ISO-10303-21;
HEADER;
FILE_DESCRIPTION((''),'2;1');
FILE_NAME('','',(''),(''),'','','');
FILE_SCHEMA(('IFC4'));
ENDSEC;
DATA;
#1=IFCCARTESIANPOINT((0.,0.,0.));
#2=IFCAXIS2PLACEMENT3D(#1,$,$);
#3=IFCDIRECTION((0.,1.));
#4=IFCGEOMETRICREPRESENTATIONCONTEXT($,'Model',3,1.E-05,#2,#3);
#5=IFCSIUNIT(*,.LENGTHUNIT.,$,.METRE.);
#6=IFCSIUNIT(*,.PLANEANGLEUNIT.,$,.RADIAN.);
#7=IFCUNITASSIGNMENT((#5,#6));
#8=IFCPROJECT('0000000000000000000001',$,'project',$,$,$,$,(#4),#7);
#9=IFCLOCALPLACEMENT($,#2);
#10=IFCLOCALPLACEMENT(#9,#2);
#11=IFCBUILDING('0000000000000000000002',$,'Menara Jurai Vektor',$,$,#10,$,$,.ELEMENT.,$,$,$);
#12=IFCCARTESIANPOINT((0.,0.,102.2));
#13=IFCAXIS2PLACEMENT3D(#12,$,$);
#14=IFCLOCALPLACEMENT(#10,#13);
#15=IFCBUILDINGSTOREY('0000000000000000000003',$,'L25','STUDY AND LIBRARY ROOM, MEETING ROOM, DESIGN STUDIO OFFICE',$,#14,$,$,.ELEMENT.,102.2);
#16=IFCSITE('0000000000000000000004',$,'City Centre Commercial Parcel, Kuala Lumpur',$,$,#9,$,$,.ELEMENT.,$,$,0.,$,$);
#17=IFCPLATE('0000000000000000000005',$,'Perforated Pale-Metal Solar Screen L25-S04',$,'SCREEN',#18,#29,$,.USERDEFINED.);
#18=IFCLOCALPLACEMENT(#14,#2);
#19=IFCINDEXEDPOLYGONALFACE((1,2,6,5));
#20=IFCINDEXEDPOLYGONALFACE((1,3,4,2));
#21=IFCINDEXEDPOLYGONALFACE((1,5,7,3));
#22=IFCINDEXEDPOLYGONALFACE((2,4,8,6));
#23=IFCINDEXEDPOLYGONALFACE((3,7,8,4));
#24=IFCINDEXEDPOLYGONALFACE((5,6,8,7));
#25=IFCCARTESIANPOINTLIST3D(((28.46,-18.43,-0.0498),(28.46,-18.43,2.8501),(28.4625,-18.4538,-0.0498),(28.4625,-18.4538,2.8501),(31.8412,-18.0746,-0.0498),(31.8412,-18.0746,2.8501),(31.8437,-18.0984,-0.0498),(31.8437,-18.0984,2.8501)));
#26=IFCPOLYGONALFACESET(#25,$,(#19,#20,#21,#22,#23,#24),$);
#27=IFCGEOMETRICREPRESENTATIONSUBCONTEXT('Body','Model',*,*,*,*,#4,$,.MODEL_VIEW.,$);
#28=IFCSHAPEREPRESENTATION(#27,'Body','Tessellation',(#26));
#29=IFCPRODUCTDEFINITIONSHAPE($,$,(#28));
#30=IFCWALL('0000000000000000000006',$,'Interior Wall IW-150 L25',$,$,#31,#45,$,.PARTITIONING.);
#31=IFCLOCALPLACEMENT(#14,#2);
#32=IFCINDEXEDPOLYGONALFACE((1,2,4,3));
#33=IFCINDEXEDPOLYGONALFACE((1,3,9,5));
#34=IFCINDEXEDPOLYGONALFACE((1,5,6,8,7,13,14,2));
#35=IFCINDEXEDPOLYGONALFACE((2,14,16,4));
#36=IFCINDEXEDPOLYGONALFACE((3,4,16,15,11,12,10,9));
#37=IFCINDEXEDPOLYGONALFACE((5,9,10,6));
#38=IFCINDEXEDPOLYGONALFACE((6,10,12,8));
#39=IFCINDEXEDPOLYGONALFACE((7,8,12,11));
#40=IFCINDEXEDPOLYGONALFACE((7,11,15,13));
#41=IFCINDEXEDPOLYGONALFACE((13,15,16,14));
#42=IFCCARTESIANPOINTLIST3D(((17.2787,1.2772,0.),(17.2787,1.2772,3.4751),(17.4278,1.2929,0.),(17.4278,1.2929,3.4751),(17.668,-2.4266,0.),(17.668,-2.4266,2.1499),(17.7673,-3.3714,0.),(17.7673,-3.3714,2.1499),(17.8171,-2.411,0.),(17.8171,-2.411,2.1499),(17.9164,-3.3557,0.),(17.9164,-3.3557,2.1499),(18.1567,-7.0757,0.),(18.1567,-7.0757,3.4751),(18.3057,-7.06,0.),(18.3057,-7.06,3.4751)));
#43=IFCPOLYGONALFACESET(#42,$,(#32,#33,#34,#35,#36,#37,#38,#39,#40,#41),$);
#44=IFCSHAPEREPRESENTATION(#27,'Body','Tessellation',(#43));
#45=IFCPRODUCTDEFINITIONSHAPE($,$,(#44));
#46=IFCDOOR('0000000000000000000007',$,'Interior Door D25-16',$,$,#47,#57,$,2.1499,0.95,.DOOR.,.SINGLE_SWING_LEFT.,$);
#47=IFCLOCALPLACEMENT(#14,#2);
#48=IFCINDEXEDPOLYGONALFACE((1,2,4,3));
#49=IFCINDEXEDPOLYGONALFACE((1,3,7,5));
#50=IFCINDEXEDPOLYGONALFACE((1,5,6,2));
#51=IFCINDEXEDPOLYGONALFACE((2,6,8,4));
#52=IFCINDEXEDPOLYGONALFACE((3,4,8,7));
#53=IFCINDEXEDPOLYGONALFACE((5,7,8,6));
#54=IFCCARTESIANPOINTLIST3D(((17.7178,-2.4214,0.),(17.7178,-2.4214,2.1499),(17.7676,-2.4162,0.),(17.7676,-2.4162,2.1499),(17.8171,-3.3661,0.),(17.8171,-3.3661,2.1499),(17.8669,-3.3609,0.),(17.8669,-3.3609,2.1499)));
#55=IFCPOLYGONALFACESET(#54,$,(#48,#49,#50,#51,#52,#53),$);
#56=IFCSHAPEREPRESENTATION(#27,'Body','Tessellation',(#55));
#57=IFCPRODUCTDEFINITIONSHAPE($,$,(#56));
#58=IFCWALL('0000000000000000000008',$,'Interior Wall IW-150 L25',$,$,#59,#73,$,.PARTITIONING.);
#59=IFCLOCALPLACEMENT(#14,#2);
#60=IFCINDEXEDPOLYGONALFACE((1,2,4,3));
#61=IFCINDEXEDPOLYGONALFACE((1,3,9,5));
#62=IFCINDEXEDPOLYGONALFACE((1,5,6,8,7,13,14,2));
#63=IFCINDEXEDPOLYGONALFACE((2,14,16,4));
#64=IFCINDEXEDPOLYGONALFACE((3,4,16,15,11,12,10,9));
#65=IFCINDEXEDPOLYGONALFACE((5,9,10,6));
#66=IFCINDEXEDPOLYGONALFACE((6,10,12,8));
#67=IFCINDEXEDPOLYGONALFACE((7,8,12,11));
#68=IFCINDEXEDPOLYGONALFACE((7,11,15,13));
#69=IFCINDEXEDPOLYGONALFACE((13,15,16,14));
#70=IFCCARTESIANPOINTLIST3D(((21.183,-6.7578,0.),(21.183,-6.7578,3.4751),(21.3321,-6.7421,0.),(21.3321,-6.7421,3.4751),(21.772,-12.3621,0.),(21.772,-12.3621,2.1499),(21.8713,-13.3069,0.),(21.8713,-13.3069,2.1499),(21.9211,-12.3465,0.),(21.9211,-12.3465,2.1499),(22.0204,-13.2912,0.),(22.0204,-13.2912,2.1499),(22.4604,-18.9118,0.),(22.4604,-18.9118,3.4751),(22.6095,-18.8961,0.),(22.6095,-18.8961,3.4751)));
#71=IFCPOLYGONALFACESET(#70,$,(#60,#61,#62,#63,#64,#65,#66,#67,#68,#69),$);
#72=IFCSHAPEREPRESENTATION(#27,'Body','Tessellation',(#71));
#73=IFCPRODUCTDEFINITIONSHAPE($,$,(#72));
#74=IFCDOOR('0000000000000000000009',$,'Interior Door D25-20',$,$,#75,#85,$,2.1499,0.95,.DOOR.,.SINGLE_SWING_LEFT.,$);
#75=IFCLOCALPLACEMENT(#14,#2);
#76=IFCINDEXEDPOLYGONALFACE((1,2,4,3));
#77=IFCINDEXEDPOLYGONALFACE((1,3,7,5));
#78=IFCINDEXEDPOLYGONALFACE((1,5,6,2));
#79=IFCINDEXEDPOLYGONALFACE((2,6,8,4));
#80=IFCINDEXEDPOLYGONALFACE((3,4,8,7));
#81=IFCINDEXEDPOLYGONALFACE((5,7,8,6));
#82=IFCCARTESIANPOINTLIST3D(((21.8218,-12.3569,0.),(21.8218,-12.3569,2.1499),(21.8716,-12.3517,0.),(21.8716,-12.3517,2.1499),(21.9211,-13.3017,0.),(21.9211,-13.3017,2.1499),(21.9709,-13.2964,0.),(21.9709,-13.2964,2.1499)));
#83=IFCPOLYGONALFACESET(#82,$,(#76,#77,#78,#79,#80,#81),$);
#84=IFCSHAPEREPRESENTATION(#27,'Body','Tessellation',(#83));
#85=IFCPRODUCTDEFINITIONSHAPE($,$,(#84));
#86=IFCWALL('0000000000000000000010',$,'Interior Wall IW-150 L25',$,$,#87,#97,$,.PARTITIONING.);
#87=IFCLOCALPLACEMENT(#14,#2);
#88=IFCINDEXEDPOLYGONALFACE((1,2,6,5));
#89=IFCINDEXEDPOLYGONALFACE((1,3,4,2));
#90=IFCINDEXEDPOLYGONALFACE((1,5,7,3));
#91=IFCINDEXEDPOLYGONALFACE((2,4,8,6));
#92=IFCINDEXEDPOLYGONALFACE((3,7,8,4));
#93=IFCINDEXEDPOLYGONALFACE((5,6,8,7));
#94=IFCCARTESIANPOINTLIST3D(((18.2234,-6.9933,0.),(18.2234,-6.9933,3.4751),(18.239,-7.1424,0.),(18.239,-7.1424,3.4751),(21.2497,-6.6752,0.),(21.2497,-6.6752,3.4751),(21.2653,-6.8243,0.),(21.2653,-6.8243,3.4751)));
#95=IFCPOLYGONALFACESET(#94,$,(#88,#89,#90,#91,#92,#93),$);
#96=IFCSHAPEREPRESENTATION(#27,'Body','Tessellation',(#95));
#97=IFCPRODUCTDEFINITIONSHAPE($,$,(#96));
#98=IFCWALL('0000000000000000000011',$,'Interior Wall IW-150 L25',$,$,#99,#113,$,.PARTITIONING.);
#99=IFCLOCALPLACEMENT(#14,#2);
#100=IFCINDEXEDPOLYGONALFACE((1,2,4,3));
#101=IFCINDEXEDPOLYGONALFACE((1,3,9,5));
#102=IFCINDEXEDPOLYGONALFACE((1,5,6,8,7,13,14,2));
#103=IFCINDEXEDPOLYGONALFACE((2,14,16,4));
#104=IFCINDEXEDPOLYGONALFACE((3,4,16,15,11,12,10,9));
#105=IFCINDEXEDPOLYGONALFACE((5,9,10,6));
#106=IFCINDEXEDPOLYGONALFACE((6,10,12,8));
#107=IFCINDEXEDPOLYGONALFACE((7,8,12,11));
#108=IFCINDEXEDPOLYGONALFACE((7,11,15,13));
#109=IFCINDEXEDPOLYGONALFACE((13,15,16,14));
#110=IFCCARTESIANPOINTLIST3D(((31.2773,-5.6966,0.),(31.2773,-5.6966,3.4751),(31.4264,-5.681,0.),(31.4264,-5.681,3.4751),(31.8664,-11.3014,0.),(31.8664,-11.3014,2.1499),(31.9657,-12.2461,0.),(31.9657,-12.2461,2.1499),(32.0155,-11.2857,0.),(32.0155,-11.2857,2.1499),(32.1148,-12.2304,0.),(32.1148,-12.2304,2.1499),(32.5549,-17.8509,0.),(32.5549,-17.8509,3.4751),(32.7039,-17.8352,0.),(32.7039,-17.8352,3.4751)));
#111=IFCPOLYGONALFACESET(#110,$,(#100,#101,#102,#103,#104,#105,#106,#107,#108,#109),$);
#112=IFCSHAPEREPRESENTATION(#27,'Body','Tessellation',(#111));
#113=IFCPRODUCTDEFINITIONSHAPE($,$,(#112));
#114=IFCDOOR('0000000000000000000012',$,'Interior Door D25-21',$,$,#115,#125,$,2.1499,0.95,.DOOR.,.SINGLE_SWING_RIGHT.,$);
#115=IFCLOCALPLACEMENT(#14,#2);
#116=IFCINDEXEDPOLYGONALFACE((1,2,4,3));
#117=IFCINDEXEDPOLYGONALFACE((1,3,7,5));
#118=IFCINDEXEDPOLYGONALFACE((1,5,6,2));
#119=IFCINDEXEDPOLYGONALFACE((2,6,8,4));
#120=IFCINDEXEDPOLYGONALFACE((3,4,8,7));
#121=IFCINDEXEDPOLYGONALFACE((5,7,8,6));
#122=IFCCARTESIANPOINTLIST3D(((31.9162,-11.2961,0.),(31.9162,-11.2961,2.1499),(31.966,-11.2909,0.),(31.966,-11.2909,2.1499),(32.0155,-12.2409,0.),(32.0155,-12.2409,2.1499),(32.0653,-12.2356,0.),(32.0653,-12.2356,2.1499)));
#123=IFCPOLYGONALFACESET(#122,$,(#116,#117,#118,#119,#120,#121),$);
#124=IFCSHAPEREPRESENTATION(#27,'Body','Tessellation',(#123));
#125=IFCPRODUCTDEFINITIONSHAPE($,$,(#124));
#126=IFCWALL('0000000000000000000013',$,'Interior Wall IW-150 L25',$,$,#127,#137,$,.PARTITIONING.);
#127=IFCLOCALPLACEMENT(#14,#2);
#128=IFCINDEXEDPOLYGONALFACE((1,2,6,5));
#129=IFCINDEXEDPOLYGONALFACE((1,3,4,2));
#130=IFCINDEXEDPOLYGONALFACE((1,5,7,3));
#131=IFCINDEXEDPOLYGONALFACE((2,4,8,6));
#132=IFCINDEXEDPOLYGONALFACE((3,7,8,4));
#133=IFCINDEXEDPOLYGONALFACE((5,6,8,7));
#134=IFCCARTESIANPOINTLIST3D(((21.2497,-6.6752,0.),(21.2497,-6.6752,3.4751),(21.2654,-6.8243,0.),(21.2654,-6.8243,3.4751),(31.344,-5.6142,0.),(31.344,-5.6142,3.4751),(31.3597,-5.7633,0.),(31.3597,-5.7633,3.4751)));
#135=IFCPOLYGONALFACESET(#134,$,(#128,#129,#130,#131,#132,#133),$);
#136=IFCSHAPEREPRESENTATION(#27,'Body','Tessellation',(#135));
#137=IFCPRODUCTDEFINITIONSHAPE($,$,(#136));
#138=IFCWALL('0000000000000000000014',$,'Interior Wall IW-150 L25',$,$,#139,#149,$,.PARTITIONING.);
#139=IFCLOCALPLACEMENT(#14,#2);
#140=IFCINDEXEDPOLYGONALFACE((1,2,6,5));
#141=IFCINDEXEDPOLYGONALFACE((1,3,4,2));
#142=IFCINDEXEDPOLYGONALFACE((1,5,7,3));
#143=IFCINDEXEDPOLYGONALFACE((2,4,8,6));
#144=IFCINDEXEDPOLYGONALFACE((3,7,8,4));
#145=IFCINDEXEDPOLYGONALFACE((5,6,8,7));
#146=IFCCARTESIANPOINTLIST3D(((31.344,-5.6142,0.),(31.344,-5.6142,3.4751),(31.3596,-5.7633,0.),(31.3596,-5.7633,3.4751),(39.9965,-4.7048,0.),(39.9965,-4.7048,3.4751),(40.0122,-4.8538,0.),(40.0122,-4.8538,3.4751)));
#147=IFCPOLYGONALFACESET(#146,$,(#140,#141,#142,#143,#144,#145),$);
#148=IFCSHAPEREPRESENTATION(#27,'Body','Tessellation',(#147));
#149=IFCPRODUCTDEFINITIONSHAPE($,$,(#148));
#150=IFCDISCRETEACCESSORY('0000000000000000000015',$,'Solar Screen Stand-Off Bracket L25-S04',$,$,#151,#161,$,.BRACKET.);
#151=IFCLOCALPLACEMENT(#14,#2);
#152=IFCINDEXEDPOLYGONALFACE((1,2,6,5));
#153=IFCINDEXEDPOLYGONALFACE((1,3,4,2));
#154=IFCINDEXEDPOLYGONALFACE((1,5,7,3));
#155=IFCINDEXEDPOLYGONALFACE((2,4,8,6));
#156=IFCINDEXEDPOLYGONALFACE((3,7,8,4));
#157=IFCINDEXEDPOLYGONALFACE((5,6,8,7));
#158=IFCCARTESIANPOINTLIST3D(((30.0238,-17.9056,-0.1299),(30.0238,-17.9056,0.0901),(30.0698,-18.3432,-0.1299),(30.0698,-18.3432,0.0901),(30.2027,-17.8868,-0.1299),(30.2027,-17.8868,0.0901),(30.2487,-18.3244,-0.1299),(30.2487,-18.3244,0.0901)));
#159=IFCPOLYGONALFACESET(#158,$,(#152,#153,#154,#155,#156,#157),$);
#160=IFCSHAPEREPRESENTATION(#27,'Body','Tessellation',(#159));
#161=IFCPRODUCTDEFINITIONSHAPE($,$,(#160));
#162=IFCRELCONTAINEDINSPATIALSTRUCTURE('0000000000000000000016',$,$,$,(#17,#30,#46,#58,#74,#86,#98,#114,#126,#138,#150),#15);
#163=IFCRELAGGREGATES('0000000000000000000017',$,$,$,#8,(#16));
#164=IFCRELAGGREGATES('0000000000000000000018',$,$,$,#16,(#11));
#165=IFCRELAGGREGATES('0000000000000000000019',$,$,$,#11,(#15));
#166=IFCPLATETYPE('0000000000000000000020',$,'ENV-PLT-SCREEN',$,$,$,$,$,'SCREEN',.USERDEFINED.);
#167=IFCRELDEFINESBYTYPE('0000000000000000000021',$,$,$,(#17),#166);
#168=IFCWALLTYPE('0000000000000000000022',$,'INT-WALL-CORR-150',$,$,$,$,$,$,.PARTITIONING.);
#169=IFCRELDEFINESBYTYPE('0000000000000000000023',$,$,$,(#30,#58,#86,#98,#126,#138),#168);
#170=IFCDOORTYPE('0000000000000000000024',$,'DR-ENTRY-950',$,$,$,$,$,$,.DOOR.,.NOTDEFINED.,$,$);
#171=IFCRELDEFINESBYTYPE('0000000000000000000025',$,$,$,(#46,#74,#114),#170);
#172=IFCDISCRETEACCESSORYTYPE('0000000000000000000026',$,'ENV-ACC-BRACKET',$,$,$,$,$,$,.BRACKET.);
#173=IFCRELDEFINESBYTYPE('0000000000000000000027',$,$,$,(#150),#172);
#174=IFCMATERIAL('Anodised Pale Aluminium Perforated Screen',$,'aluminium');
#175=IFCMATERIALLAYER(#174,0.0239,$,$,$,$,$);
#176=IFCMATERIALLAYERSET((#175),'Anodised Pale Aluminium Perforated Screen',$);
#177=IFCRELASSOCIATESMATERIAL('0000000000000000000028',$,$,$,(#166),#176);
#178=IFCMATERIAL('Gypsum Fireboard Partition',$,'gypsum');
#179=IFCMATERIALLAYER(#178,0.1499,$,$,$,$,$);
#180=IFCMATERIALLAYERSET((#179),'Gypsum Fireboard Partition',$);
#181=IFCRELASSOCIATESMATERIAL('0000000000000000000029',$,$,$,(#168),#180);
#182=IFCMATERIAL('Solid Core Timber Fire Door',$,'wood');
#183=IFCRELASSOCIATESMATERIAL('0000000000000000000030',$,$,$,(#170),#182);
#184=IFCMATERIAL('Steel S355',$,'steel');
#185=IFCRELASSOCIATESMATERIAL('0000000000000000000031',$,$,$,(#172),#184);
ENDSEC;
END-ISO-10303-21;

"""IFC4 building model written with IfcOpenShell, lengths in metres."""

from ifc_helpers import new_model, si_unit, direction, frame, frame_2d, origin, origin_2d, place, context, subcontext, project, spatial, rectangle, extrude, material, layer, layer_set, type_object, element, fill, save


model = new_model("IFC4")

# Units and contexts
model_context = context("Model", 3, precision=1e-05, world=origin(), true_north=direction((0.0, 1.0)))
body_context = subcontext(model_context, "Body", "Model", "MODEL_VIEW")
ifc_project = project(units=[si_unit("LENGTHUNIT", "METRE"), si_unit("PLANEANGLEUNIT", "RADIAN")], contexts=[model_context])

# Site, building, storey
site_placement = place(None, origin())
site = spatial("IfcSite", under=ifc_project, at=site_placement, Name="City Centre Commercial Parcel, Kuala Lumpur", CompositionType="ELEMENT", RefElevation=0.0)
building_placement = place(site_placement, origin())
building = spatial("IfcBuilding", under=site, at=building_placement, Name="Menara Jurai Vektor", CompositionType="ELEMENT")
storey_placement = place(building_placement, frame((0.0, 0.0, 102.2)))
storey = spatial("IfcBuildingStorey", under=building, at=storey_placement, Name="L25", Description="STUDY AND LIBRARY ROOM, MEETING ROOM, DESIGN STUDIO OFFICE", CompositionType="ELEMENT", Elevation=102.2)

# Shared definitions
ifc_material_1 = material(Name="Steel S355", Category="steel")

# Plate
ifc_material_2 = material(Name="Anodised Pale Aluminium Perforated Screen", Category="aluminium")
ifc_layer_1 = layer(ifc_material_2, 0.0239)
ifc_layer_set_1 = layer_set([ifc_layer_1], Name="Anodised Pale Aluminium Perforated Screen")
plate_type_1 = type_object("IfcPlateType", Name="ENV-PLT-SCREEN", ElementType="SCREEN", PredefinedType="USERDEFINED", material=ifc_layer_set_1)
plate_1_placement = place(storey_placement, frame((30.1519, -18.2642, -0.0498), z_axis=(0.0, 0.0, 1.0), x_axis=(0.994522, 0.104528, 0.0)))
element("IfcPlate", 1, at=plate_1_placement, inside=storey, type_object=plate_type_1, Name="Perforated Pale-Metal Solar Screen L25-S04", ObjectType="SCREEN", PredefinedType="USERDEFINED", context=body_context, shape_type="SweptSolid", body=[
    extrude(rectangle(XDim=3.3999, YDim=0.0239, at=origin_2d()), origin(), (0.0, 0.0, 1.0), 2.8999),
])

# Walls, openings, doors
ifc_material_3 = material(Name="Gypsum Fireboard Partition", Category="gypsum")
ifc_layer_2 = layer(ifc_material_3, 0.1499)
ifc_layer_set_2 = layer_set([ifc_layer_2], Name="Gypsum Fireboard Partition")
wall_type = type_object("IfcWallType", Name="INT-WALL-CORR-150", PredefinedType="PARTITIONING", material=ifc_layer_set_2)
wall_1_placement = place(storey_placement, frame((18.2312, -7.0679, 0.0), z_axis=(0.0, 0.0, 1.0), x_axis=(-0.104527, 0.994522, 0.0)))
wall_1 = element("IfcWall", 2, at=wall_1_placement, inside=storey, type_object=wall_type, Name="Interior Wall IW-150 L25", PredefinedType="PARTITIONING", context=body_context, shape_type="SweptSolid", body=[
    extrude(rectangle(XDim=8.3989, YDim=0.1499, at=frame_2d((4.1995, 0.0))), origin(), (0.0, 0.0, 1.0), 3.4751),
])
opening_1_placement = place(wall_1_placement, frame((3.7246, 0.0, 0.0)))
opening_1 = element("IfcOpeningElement", 3, at=opening_1_placement, cuts=wall_1, PredefinedType="OPENING", context=body_context, shape_type="SweptSolid", body=[
    extrude(rectangle(XDim=0.95, YDim=2.1499, at=frame_2d((0.4751, 1.075))), frame((0.0, 0.085, 0.0), z_axis=(0.0, -1.0, 0.0), x_axis=(1.0, 0.0, 0.0)), (0.0, 0.0, 1.0), 0.1699),
])
ifc_material_4 = material(Name="Solid Core Timber Fire Door", Category="wood")
door_type = type_object("IfcDoorType", Name="DR-ENTRY-950", OperationType="NOTDEFINED", PredefinedType="DOOR", material=ifc_material_4)
door_1_placement = place(opening_1_placement, origin())
door_1 = element("IfcDoor", 4, at=door_1_placement, inside=storey, type_object=door_type, Name="Interior Door D25-16", OperationType="SINGLE_SWING_LEFT", OverallHeight=2.1499, OverallWidth=0.95, PredefinedType="DOOR", context=body_context, shape_type="SweptSolid", body=[
    extrude(rectangle(XDim=0.95, YDim=2.1499, at=frame_2d((0.4751, 1.075))), frame((0.0, 0.0249, 0.0), z_axis=(0.0, -1.0, 0.0), x_axis=(1.0, 0.0, 0.0)), (0.0, 0.0, 1.0), 0.05),
])
fill(opening_1, door_1)
wall_2_placement = place(storey_placement, frame((22.5349, -18.9038, 0.0), z_axis=(0.0, 0.0, 1.0), x_axis=(-0.10452, 0.994523, 0.0)))
wall_2 = element("IfcWall", 5, at=wall_2_placement, inside=storey, type_object=wall_type, Name="Interior Wall IW-150 L25", PredefinedType="PARTITIONING", context=body_context, shape_type="SweptSolid", body=[
    extrude(rectangle(XDim=12.2209, YDim=0.1499, at=frame_2d((6.1104, 0.0))), origin(), (0.0, 0.0, 1.0), 3.4751),
])
opening_2_placement = place(wall_2_placement, frame((5.6355, 0.0, 0.0)))
opening_2 = element("IfcOpeningElement", 6, at=opening_2_placement, cuts=wall_2, PredefinedType="OPENING", context=body_context, shape_type="SweptSolid", body=[
    extrude(rectangle(XDim=0.95, YDim=2.1499, at=frame_2d((0.4751, 1.075))), frame((0.0, 0.085, 0.0), z_axis=(0.0, -1.0, 0.0), x_axis=(1.0, 0.0, 0.0)), (0.0, 0.0, 1.0), 0.1699),
])
door_2_placement = place(opening_2_placement, origin())
door_2 = element("IfcDoor", 7, at=door_2_placement, inside=storey, type_object=door_type, Name="Interior Door D25-20", OperationType="SINGLE_SWING_LEFT", OverallHeight=2.1499, OverallWidth=0.95, PredefinedType="DOOR", context=body_context, shape_type="SweptSolid", body=[
    extrude(rectangle(XDim=0.95, YDim=2.1499, at=frame_2d((0.4751, 1.075))), frame((0.0, 0.0249, 0.0), z_axis=(0.0, -1.0, 0.0), x_axis=(1.0, 0.0, 0.0)), (0.0, 0.0, 1.0), 0.05),
])
fill(opening_2, door_2)

# Wall
wall_3_placement = place(storey_placement, frame((18.2312, -7.0679, 0.0), z_axis=(0.0, 0.0, 1.0), x_axis=(0.994521, 0.104539, 0.0)))
element("IfcWall", 8, at=wall_3_placement, inside=storey, type_object=wall_type, Name="Interior Wall IW-150 L25", PredefinedType="PARTITIONING", context=body_context, shape_type="SweptSolid", body=[
    extrude(rectangle(XDim=3.043, YDim=0.1499, at=frame_2d((1.5215, 0.0))), origin(), (0.0, 0.0, 1.0), 3.4751),
])

# Wall, opening, door
wall_4_placement = place(storey_placement, frame((32.6294, -17.843, 0.0), z_axis=(0.0, 0.0, 1.0), x_axis=(-0.104538, 0.994521, 0.0)))
wall_4 = element("IfcWall", 9, at=wall_4_placement, inside=storey, type_object=wall_type, Name="Interior Wall IW-150 L25", PredefinedType="PARTITIONING", context=body_context, shape_type="SweptSolid", body=[
    extrude(rectangle(XDim=12.2212, YDim=0.1499, at=frame_2d((6.1106, 0.0))), origin(), (0.0, 0.0, 1.0), 3.4751),
])
opening_3_placement = place(wall_4_placement, frame((5.6355, 0.0, 0.0)))
opening_3 = element("IfcOpeningElement", 10, at=opening_3_placement, cuts=wall_4, PredefinedType="OPENING", context=body_context, shape_type="SweptSolid", body=[
    extrude(rectangle(XDim=0.95, YDim=2.1499, at=frame_2d((0.4751, 1.075))), frame((0.0, 0.085, 0.0), z_axis=(0.0, -1.0, 0.0), x_axis=(1.0, 0.0, 0.0)), (0.0, 0.0, 1.0), 0.1699),
])
door_3_placement = place(opening_3_placement, origin())
door_3 = element("IfcDoor", 11, at=door_3_placement, inside=storey, type_object=door_type, Name="Interior Door D25-21", OperationType="SINGLE_SWING_RIGHT", OverallHeight=2.1499, OverallWidth=0.95, PredefinedType="DOOR", context=body_context, shape_type="SweptSolid", body=[
    extrude(rectangle(XDim=0.95, YDim=2.1499, at=frame_2d((0.4751, 1.075))), frame((0.0, 0.0249, 0.0), z_axis=(0.0, -1.0, 0.0), x_axis=(1.0, 0.0, 0.0)), (0.0, 0.0, 1.0), 0.05),
])
fill(opening_3, door_3)

# Walls
wall_5_placement = place(storey_placement, frame((21.2576, -6.7498, 0.0), z_axis=(0.0, 0.0, 1.0), x_axis=(0.994521, 0.104537, 0.0)))
element("IfcWall", 12, at=wall_5_placement, inside=storey, type_object=wall_type, Name="Interior Wall IW-150 L25", PredefinedType="PARTITIONING", context=body_context, shape_type="SweptSolid", body=[
    extrude(rectangle(XDim=10.1499, YDim=0.1499, at=frame_2d((5.075, 0.0))), origin(), (0.0, 0.0, 1.0), 3.4751),
])
wall_6_placement = place(storey_placement, frame((31.3518, -5.6887, 0.0), z_axis=(0.0, 0.0, 1.0), x_axis=(0.994522, 0.104528, 0.0)))
element("IfcWall", 13, at=wall_6_placement, inside=storey, type_object=wall_type, Name="Interior Wall IW-150 L25", PredefinedType="PARTITIONING", context=body_context, shape_type="SweptSolid", body=[
    extrude(rectangle(XDim=8.7002, YDim=0.1499, at=frame_2d((4.3501, 0.0))), origin(), (0.0, 0.0, 1.0), 3.4751),
])

# Discrete accessory
discrete_accessory_type = type_object("IfcDiscreteAccessoryType", Name="ENV-ACC-BRACKET", PredefinedType="BRACKET", material=ifc_material_1)
discrete_accessory_placement = place(storey_placement, frame((30.1362, -18.115, -0.1299), z_axis=(0.0, 0.0, 1.0), x_axis=(0.994522, 0.104528, 0.0)))
element("IfcDiscreteAccessory", 14, at=discrete_accessory_placement, inside=storey, type_object=discrete_accessory_type, Name="Solar Screen Stand-Off Bracket L25-S04", PredefinedType="BRACKET", context=body_context, shape_type="SweptSolid", body=[
    extrude(rectangle(XDim=0.1799, YDim=0.4399, at=origin_2d()), origin(), (0.0, 0.0, 1.0), 0.22),
])

save(model, "model.ifc")
